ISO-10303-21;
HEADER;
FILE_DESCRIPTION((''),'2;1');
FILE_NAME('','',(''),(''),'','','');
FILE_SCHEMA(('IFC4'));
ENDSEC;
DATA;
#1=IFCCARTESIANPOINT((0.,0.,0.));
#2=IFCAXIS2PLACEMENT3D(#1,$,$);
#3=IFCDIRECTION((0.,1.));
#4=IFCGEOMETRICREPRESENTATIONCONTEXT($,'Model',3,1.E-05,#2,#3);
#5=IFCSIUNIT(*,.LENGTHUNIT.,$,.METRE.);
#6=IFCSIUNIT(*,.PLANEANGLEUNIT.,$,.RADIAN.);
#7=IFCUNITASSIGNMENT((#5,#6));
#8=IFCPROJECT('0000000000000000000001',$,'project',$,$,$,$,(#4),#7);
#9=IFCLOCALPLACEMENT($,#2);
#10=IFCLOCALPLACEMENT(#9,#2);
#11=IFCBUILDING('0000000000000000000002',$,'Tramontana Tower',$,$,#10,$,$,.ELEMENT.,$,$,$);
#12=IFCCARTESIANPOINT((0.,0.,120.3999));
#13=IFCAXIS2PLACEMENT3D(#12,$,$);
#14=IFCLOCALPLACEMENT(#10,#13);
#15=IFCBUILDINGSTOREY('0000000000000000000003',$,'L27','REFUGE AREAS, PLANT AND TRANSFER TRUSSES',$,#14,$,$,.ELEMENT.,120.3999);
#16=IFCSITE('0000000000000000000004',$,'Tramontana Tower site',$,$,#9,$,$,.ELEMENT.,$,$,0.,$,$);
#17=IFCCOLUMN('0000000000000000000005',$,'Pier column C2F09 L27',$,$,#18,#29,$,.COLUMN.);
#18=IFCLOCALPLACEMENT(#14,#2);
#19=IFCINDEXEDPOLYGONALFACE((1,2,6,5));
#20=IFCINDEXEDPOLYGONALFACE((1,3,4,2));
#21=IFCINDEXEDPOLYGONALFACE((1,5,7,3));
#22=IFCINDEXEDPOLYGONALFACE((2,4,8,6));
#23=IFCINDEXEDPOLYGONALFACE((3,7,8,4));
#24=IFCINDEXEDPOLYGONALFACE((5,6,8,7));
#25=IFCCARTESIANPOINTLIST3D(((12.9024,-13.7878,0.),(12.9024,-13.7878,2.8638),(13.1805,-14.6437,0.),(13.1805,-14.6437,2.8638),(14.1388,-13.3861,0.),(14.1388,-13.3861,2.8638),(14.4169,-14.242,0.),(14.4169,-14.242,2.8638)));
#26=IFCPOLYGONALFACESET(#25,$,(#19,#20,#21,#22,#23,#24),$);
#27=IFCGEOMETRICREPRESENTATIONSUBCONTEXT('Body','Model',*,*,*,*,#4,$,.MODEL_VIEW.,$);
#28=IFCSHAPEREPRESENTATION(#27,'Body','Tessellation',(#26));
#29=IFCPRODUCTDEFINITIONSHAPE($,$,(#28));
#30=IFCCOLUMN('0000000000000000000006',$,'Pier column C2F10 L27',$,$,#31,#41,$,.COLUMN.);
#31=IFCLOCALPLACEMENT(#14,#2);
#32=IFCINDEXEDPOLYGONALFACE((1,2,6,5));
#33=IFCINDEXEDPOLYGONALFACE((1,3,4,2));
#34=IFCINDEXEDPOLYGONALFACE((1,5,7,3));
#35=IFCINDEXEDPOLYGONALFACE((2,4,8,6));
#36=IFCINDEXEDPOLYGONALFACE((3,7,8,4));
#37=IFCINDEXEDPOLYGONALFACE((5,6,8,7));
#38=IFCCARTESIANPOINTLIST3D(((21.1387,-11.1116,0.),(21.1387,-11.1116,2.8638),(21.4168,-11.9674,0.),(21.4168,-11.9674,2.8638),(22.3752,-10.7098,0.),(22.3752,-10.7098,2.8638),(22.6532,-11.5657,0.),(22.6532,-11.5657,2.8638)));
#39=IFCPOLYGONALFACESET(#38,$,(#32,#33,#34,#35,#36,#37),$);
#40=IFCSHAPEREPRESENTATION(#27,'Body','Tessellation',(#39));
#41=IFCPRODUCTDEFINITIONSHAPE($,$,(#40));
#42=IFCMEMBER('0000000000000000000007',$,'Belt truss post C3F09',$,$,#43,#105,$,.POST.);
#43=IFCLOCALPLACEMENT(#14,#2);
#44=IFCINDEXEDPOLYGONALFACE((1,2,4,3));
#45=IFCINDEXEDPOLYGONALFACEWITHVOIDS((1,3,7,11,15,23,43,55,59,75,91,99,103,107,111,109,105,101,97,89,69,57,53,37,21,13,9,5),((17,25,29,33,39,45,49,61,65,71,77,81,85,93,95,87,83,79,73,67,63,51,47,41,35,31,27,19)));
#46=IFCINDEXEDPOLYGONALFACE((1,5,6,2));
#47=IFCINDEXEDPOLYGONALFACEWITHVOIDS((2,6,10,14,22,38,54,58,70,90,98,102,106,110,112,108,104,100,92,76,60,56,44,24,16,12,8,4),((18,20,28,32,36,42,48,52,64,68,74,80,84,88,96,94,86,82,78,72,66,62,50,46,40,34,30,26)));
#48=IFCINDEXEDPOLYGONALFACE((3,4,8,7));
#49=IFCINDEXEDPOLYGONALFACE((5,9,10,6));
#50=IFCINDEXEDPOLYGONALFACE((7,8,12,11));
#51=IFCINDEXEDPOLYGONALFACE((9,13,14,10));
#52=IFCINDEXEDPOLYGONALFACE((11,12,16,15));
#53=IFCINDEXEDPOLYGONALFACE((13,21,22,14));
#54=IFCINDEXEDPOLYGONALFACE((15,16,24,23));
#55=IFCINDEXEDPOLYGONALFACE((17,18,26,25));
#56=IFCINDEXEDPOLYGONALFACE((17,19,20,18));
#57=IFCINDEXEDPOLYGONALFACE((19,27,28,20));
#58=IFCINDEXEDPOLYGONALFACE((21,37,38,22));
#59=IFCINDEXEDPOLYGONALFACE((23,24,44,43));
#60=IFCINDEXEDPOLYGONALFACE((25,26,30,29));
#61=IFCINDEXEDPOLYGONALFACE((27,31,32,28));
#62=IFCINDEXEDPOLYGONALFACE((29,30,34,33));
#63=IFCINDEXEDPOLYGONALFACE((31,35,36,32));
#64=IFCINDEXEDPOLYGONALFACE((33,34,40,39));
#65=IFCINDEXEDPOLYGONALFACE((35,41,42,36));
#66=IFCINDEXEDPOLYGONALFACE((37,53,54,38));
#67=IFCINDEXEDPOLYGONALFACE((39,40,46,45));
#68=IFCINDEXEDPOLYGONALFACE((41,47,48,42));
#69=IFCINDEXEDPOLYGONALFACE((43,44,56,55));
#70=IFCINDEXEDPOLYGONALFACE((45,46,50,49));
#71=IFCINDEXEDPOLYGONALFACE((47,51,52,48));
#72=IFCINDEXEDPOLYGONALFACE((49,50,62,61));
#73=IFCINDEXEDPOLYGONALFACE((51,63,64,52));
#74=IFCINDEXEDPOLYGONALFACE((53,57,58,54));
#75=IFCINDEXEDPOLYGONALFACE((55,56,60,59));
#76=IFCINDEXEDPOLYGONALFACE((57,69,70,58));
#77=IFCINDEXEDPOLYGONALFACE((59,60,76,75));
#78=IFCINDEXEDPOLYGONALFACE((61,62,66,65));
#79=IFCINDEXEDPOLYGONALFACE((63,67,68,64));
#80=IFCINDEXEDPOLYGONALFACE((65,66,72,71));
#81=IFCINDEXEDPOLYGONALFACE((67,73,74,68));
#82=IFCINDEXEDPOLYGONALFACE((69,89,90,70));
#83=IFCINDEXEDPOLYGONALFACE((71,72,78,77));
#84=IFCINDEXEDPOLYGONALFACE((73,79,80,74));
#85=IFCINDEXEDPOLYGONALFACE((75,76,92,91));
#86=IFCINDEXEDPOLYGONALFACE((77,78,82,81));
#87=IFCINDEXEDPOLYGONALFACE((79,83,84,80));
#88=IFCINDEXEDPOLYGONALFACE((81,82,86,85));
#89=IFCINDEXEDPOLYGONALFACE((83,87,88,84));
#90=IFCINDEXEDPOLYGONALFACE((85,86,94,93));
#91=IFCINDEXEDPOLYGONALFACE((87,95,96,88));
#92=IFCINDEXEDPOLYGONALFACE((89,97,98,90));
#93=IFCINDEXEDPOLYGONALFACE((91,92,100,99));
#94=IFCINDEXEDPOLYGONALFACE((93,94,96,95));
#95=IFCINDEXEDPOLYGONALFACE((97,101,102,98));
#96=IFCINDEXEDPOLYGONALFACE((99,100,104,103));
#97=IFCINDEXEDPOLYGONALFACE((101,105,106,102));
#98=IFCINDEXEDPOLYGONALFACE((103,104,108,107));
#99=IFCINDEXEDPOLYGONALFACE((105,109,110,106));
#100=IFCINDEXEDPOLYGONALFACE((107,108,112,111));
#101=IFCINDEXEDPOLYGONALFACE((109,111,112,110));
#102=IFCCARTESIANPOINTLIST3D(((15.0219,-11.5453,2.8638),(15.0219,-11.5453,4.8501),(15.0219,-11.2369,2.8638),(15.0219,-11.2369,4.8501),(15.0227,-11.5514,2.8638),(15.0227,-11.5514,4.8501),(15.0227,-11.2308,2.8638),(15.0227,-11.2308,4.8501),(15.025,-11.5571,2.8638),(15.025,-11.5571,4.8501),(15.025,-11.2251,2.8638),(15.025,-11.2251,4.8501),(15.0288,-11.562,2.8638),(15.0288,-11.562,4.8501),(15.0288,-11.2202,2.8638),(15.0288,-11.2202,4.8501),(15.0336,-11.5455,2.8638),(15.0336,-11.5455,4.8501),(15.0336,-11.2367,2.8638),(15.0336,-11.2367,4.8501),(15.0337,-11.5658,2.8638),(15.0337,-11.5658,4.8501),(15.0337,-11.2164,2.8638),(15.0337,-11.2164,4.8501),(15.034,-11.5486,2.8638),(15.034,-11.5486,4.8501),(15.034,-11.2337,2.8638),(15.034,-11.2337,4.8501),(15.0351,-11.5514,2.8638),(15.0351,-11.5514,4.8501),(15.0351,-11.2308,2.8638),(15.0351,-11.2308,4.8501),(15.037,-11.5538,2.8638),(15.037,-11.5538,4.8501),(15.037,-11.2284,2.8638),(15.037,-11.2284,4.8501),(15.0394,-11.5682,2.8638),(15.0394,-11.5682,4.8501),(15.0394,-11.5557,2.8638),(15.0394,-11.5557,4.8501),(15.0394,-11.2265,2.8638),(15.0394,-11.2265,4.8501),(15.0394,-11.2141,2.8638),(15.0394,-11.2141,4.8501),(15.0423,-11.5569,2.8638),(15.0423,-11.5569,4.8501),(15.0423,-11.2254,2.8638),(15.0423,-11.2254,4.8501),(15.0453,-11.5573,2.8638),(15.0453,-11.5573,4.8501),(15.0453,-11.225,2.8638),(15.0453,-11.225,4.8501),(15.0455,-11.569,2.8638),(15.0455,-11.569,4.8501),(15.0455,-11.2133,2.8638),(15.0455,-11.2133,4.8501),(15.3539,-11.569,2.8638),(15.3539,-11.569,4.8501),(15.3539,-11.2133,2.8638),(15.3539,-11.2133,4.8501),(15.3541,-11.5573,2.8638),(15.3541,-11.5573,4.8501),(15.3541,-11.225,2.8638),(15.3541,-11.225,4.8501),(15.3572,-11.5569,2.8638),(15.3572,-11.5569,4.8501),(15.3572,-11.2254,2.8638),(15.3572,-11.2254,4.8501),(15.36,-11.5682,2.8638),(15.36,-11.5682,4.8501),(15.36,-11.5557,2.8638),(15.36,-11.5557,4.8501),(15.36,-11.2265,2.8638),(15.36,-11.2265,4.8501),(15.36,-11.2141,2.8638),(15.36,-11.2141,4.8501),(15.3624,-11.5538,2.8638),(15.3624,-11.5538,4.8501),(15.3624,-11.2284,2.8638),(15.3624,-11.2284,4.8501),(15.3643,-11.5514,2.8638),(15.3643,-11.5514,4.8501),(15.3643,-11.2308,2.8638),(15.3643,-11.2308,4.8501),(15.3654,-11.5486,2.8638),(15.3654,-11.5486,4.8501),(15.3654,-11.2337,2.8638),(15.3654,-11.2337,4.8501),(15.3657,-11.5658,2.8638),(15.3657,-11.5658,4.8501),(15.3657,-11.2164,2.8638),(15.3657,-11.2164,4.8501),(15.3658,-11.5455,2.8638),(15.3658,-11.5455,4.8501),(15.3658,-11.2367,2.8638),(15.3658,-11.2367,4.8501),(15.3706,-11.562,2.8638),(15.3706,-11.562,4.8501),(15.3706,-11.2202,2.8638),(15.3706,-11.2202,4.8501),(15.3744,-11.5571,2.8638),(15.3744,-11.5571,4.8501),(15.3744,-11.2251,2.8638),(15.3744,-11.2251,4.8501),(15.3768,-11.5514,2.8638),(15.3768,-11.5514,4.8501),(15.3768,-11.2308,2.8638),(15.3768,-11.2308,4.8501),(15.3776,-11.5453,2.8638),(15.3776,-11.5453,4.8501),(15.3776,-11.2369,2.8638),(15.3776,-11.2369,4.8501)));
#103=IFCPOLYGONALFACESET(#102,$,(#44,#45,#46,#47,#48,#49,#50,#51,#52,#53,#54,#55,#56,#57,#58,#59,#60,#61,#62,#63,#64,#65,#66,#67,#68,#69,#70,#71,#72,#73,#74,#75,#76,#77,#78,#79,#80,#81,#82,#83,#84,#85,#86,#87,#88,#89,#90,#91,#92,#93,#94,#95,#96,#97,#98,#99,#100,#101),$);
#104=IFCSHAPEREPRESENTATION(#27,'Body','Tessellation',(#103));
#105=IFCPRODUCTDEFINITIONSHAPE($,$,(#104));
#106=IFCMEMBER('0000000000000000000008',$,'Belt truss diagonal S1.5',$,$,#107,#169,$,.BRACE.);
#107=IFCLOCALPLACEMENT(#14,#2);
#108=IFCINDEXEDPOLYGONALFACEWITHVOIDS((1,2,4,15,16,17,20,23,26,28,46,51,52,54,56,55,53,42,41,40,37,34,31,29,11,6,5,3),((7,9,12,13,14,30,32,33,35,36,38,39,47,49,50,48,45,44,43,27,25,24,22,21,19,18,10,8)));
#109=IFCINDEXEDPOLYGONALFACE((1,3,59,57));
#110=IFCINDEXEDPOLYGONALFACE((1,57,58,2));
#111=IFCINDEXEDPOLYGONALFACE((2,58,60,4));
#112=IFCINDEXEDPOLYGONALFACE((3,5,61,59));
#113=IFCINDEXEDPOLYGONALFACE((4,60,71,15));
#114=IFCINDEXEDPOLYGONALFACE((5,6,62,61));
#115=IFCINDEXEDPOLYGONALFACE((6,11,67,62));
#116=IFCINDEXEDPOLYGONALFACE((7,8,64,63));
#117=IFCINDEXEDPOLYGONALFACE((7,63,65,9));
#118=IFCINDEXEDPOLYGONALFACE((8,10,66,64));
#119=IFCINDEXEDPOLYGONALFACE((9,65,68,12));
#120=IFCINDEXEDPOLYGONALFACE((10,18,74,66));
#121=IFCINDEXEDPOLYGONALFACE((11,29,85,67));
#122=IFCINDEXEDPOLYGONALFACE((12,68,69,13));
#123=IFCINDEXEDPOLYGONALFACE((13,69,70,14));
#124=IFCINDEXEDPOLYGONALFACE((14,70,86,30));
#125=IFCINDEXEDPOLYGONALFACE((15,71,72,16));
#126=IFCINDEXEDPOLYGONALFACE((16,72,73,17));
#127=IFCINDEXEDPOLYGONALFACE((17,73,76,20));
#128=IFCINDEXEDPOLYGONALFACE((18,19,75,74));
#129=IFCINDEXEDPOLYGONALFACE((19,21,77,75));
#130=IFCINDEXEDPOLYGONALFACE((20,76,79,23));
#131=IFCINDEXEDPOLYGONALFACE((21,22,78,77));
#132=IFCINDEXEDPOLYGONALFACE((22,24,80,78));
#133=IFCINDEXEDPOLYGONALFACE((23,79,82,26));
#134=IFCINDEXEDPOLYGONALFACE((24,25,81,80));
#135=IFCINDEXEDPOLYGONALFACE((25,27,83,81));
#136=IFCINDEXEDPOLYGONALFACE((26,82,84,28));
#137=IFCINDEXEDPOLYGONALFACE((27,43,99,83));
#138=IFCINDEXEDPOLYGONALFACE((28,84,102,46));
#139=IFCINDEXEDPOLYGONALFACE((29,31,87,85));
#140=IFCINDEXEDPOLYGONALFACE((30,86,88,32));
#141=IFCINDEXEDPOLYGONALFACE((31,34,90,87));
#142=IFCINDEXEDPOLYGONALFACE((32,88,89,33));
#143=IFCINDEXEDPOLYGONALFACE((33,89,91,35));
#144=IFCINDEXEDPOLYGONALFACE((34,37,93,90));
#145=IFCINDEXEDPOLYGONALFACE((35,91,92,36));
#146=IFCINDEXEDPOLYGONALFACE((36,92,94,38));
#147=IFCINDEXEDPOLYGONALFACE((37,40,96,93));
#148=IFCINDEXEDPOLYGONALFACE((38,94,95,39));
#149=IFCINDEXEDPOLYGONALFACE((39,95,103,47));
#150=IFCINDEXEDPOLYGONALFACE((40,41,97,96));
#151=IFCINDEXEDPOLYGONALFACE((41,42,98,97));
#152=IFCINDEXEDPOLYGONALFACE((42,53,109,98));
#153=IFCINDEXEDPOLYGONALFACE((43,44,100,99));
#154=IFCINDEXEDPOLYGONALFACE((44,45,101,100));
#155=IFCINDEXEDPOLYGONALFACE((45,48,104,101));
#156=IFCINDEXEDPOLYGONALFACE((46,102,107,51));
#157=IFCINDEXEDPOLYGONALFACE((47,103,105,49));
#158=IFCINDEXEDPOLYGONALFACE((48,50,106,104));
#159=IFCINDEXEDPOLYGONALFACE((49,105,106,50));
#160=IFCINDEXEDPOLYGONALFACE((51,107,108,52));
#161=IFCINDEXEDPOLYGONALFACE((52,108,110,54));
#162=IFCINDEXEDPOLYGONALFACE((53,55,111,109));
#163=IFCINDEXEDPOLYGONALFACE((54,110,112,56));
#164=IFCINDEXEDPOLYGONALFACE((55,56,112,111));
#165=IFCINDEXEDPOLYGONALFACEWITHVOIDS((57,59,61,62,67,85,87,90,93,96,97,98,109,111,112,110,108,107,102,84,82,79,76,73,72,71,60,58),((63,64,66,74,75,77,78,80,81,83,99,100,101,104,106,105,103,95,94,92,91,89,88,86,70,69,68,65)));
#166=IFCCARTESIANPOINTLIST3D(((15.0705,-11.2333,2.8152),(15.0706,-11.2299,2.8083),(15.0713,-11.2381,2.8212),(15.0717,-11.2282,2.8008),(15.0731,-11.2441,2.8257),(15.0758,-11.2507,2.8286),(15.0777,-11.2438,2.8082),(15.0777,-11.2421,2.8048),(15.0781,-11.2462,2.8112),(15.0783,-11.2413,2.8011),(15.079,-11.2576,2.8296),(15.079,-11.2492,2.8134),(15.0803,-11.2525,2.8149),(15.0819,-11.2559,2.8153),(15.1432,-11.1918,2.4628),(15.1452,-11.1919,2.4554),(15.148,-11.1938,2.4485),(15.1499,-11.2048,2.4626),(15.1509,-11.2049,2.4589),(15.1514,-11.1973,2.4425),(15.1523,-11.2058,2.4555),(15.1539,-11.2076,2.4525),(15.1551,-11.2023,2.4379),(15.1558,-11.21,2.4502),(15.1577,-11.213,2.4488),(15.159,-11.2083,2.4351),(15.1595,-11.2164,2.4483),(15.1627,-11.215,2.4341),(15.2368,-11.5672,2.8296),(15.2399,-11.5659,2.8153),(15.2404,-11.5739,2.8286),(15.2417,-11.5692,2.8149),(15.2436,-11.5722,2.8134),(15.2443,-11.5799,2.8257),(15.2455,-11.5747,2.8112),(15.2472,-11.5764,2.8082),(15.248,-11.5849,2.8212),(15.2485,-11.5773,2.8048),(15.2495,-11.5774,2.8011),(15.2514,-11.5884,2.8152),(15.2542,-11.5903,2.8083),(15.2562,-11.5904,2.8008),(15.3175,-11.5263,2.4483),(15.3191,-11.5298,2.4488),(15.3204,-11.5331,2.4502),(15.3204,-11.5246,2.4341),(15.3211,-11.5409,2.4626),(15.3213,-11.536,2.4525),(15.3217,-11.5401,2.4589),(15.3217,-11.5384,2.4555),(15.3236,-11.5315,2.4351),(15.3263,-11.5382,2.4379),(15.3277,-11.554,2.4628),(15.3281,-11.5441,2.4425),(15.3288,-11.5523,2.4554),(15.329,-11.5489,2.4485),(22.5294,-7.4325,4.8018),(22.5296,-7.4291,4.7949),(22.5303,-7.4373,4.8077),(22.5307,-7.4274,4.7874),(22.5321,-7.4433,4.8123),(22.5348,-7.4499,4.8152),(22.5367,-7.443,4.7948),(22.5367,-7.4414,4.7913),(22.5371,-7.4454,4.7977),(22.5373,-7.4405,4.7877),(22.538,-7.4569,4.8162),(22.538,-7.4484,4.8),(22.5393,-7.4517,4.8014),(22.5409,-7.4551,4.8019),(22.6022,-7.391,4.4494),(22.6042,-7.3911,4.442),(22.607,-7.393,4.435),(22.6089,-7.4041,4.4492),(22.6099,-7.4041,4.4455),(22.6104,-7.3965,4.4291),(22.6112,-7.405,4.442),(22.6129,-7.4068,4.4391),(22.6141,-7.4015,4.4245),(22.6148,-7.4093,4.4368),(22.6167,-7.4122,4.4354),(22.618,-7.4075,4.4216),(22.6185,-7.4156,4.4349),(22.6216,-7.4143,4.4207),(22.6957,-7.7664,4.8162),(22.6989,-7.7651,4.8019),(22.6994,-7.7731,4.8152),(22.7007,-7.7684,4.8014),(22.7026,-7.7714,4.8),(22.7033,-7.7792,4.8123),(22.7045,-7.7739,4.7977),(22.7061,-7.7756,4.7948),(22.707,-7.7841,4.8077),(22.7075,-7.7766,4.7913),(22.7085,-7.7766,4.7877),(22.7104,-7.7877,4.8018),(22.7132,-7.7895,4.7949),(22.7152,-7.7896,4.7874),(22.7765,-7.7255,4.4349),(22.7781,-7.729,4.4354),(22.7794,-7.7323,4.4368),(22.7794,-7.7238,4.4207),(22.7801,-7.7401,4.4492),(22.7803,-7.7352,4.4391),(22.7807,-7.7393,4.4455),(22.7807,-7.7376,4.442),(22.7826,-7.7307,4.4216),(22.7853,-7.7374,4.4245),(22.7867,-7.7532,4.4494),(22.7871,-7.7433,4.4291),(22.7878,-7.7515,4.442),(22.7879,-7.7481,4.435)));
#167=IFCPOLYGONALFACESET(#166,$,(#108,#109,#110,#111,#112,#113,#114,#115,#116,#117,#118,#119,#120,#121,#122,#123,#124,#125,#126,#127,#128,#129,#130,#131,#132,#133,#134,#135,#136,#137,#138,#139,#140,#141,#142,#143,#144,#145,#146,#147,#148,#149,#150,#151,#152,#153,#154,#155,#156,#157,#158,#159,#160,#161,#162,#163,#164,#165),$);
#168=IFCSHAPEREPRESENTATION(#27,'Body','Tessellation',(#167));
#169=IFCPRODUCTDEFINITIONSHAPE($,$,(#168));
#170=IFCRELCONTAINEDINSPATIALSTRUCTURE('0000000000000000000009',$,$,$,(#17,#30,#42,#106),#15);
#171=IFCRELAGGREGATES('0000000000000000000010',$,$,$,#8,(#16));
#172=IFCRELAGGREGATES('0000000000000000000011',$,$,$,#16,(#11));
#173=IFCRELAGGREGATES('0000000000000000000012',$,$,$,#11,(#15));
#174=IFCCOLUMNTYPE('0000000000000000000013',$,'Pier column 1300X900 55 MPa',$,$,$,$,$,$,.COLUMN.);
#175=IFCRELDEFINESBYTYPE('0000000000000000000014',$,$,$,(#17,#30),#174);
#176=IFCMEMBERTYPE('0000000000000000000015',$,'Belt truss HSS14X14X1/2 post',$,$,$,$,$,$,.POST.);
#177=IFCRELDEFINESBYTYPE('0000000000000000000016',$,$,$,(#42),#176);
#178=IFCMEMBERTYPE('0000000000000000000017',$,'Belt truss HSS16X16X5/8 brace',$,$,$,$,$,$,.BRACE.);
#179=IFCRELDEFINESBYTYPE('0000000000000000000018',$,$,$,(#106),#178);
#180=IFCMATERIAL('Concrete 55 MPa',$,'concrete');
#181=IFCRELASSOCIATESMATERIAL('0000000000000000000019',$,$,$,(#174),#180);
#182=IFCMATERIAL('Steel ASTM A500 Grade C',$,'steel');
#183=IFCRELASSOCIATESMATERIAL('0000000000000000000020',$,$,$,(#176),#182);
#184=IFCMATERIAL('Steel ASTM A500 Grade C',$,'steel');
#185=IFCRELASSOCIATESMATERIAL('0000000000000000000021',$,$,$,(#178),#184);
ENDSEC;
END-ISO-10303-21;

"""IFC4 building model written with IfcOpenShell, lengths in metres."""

from ifc_helpers import new_model, si_unit, direction, frame, origin, origin_2d, place, context, subcontext, project, spatial, rectangle, hollow_rectangle, extrude, material, material_profile, profile_set, type_object, element, save


model = new_model("IFC4")

# Units and contexts
model_context = context("Model", 3, precision=1e-05, world=origin(), true_north=direction((0.0, 1.0)))
body_context = subcontext(model_context, "Body", "Model", "MODEL_VIEW")
ifc_project = project(units=[si_unit("LENGTHUNIT", "METRE"), si_unit("PLANEANGLEUNIT", "RADIAN")], contexts=[model_context])

# Site, building, storey
site_placement = place(None, origin())
site = spatial("IfcSite", under=ifc_project, at=site_placement, Name="Tramontana Tower site", CompositionType="ELEMENT", RefElevation=0.0)
building_placement = place(site_placement, origin())
building = spatial("IfcBuilding", under=site, at=building_placement, Name="Tramontana Tower", CompositionType="ELEMENT")
storey_placement = place(building_placement, frame((0.0, 0.0, 120.3999)))
storey = spatial("IfcBuildingStorey", under=building, at=storey_placement, Name="L27", Description="REFUGE AREAS, PLANT AND TRANSFER TRUSSES", CompositionType="ELEMENT", Elevation=120.3999)

# Columns
ifc_material_1 = material(Name="Concrete 55 MPa", Category="concrete")
ifc_material_profile_1 = material_profile(ifc_material_1, rectangle(XDim=1.3, YDim=0.8999, at=origin_2d()), Name="Pier column 1300X900 55 MPa")
ifc_profile_set_1 = profile_set([ifc_material_profile_1], Name="Concrete 55 MPa")
column_type = type_object("IfcColumnType", Name="Pier column 1300X900 55 MPa", PredefinedType="COLUMN", material=ifc_profile_set_1)
for number, where, z_axis, x_axis, name in (
    (1, (13.6597, -14.0149, 0.0), (0.0, 0.0, 1.0), (0.951057, 0.309017, 0.0), "Pier column C2F09 L27"),
    (2, (21.896, -11.3386, 0.0), (0.0, 0.0, 1.0), (0.951057, 0.309017, 0.0), "Pier column C2F10 L27"),
):
    element("IfcColumn", number, at=place(storey_placement, frame(where, z_axis=z_axis, x_axis=x_axis)), inside=storey, type_object=column_type, Name=name, PredefinedType="COLUMN", context=body_context, shape_type="SweptSolid", body=[
        extrude(rectangle(XDim=1.3, YDim=0.8999, at=origin_2d()), origin(), (0.0, 0.0, 1.0), 2.8638),
    ])

# Members
ifc_material_2 = material(Name="Steel ASTM A500 Grade C", Category="steel")
ifc_material_profile_2 = material_profile(ifc_material_2, hollow_rectangle(XDim=0.3557, YDim=0.3557, WallThickness=0.0117, InnerFilletRadius=0.0117, OuterFilletRadius=0.0237, at=origin_2d()), Name="HSS14X14X1/2")
ifc_profile_set_2 = profile_set([ifc_material_profile_2], Name="Steel ASTM A500 Grade C")
member_type_1 = type_object("IfcMemberType", Name="Belt truss HSS14X14X1/2 post", PredefinedType="POST", material=ifc_profile_set_2)
member_1_placement = place(storey_placement, frame((15.1997, -11.3911, 2.8638), z_axis=(0.0, 0.0, 1.0), x_axis=(1.0, 0.0, 0.0)))
element("IfcMember", 3, at=member_1_placement, inside=storey, type_object=member_type_1, Name="Belt truss post C3F09", PredefinedType="POST", context=body_context, shape_type="SweptSolid", body=[
    extrude(hollow_rectangle(XDim=0.3557, YDim=0.3557, WallThickness=0.0117, InnerFilletRadius=0.0117, OuterFilletRadius=0.0237, at=origin_2d()), origin(), (0.0, 0.0, 1.0), 1.9863),
])
ifc_material_3 = material(Name="Steel ASTM A500 Grade C", Category="steel")
ifc_material_profile_3 = material_profile(ifc_material_3, hollow_rectangle(XDim=0.4065, YDim=0.4065, WallThickness=0.0146, InnerFilletRadius=0.0146, OuterFilletRadius=0.0295, at=origin_2d()), Name="HSS16X16X5/8")
ifc_profile_set_3 = profile_set([ifc_material_profile_3], Name="Steel ASTM A500 Grade C")
member_type_2 = type_object("IfcMemberType", Name="Belt truss HSS16X16X5/8 brace", PredefinedType="BRACE", material=ifc_profile_set_3)
member_2_placement = place(storey_placement, frame((15.1997, -11.3911, 2.6318), z_axis=(0.86692, 0.441746, 0.230889), x_axis=(-0.454013, 0.890995, 0.0)))
element("IfcMember", 4, at=member_2_placement, inside=storey, type_object=member_type_2, Name="Belt truss diagonal S1.5", PredefinedType="BRACE", context=body_context, shape_type="SweptSolid", body=[
    extrude(hollow_rectangle(XDim=0.4065, YDim=0.4065, WallThickness=0.0146, InnerFilletRadius=0.0146, OuterFilletRadius=0.0295, at=origin_2d()), origin(), (0.0, 0.0, 1.0), 8.604),
])

save(model, "model.ifc")
